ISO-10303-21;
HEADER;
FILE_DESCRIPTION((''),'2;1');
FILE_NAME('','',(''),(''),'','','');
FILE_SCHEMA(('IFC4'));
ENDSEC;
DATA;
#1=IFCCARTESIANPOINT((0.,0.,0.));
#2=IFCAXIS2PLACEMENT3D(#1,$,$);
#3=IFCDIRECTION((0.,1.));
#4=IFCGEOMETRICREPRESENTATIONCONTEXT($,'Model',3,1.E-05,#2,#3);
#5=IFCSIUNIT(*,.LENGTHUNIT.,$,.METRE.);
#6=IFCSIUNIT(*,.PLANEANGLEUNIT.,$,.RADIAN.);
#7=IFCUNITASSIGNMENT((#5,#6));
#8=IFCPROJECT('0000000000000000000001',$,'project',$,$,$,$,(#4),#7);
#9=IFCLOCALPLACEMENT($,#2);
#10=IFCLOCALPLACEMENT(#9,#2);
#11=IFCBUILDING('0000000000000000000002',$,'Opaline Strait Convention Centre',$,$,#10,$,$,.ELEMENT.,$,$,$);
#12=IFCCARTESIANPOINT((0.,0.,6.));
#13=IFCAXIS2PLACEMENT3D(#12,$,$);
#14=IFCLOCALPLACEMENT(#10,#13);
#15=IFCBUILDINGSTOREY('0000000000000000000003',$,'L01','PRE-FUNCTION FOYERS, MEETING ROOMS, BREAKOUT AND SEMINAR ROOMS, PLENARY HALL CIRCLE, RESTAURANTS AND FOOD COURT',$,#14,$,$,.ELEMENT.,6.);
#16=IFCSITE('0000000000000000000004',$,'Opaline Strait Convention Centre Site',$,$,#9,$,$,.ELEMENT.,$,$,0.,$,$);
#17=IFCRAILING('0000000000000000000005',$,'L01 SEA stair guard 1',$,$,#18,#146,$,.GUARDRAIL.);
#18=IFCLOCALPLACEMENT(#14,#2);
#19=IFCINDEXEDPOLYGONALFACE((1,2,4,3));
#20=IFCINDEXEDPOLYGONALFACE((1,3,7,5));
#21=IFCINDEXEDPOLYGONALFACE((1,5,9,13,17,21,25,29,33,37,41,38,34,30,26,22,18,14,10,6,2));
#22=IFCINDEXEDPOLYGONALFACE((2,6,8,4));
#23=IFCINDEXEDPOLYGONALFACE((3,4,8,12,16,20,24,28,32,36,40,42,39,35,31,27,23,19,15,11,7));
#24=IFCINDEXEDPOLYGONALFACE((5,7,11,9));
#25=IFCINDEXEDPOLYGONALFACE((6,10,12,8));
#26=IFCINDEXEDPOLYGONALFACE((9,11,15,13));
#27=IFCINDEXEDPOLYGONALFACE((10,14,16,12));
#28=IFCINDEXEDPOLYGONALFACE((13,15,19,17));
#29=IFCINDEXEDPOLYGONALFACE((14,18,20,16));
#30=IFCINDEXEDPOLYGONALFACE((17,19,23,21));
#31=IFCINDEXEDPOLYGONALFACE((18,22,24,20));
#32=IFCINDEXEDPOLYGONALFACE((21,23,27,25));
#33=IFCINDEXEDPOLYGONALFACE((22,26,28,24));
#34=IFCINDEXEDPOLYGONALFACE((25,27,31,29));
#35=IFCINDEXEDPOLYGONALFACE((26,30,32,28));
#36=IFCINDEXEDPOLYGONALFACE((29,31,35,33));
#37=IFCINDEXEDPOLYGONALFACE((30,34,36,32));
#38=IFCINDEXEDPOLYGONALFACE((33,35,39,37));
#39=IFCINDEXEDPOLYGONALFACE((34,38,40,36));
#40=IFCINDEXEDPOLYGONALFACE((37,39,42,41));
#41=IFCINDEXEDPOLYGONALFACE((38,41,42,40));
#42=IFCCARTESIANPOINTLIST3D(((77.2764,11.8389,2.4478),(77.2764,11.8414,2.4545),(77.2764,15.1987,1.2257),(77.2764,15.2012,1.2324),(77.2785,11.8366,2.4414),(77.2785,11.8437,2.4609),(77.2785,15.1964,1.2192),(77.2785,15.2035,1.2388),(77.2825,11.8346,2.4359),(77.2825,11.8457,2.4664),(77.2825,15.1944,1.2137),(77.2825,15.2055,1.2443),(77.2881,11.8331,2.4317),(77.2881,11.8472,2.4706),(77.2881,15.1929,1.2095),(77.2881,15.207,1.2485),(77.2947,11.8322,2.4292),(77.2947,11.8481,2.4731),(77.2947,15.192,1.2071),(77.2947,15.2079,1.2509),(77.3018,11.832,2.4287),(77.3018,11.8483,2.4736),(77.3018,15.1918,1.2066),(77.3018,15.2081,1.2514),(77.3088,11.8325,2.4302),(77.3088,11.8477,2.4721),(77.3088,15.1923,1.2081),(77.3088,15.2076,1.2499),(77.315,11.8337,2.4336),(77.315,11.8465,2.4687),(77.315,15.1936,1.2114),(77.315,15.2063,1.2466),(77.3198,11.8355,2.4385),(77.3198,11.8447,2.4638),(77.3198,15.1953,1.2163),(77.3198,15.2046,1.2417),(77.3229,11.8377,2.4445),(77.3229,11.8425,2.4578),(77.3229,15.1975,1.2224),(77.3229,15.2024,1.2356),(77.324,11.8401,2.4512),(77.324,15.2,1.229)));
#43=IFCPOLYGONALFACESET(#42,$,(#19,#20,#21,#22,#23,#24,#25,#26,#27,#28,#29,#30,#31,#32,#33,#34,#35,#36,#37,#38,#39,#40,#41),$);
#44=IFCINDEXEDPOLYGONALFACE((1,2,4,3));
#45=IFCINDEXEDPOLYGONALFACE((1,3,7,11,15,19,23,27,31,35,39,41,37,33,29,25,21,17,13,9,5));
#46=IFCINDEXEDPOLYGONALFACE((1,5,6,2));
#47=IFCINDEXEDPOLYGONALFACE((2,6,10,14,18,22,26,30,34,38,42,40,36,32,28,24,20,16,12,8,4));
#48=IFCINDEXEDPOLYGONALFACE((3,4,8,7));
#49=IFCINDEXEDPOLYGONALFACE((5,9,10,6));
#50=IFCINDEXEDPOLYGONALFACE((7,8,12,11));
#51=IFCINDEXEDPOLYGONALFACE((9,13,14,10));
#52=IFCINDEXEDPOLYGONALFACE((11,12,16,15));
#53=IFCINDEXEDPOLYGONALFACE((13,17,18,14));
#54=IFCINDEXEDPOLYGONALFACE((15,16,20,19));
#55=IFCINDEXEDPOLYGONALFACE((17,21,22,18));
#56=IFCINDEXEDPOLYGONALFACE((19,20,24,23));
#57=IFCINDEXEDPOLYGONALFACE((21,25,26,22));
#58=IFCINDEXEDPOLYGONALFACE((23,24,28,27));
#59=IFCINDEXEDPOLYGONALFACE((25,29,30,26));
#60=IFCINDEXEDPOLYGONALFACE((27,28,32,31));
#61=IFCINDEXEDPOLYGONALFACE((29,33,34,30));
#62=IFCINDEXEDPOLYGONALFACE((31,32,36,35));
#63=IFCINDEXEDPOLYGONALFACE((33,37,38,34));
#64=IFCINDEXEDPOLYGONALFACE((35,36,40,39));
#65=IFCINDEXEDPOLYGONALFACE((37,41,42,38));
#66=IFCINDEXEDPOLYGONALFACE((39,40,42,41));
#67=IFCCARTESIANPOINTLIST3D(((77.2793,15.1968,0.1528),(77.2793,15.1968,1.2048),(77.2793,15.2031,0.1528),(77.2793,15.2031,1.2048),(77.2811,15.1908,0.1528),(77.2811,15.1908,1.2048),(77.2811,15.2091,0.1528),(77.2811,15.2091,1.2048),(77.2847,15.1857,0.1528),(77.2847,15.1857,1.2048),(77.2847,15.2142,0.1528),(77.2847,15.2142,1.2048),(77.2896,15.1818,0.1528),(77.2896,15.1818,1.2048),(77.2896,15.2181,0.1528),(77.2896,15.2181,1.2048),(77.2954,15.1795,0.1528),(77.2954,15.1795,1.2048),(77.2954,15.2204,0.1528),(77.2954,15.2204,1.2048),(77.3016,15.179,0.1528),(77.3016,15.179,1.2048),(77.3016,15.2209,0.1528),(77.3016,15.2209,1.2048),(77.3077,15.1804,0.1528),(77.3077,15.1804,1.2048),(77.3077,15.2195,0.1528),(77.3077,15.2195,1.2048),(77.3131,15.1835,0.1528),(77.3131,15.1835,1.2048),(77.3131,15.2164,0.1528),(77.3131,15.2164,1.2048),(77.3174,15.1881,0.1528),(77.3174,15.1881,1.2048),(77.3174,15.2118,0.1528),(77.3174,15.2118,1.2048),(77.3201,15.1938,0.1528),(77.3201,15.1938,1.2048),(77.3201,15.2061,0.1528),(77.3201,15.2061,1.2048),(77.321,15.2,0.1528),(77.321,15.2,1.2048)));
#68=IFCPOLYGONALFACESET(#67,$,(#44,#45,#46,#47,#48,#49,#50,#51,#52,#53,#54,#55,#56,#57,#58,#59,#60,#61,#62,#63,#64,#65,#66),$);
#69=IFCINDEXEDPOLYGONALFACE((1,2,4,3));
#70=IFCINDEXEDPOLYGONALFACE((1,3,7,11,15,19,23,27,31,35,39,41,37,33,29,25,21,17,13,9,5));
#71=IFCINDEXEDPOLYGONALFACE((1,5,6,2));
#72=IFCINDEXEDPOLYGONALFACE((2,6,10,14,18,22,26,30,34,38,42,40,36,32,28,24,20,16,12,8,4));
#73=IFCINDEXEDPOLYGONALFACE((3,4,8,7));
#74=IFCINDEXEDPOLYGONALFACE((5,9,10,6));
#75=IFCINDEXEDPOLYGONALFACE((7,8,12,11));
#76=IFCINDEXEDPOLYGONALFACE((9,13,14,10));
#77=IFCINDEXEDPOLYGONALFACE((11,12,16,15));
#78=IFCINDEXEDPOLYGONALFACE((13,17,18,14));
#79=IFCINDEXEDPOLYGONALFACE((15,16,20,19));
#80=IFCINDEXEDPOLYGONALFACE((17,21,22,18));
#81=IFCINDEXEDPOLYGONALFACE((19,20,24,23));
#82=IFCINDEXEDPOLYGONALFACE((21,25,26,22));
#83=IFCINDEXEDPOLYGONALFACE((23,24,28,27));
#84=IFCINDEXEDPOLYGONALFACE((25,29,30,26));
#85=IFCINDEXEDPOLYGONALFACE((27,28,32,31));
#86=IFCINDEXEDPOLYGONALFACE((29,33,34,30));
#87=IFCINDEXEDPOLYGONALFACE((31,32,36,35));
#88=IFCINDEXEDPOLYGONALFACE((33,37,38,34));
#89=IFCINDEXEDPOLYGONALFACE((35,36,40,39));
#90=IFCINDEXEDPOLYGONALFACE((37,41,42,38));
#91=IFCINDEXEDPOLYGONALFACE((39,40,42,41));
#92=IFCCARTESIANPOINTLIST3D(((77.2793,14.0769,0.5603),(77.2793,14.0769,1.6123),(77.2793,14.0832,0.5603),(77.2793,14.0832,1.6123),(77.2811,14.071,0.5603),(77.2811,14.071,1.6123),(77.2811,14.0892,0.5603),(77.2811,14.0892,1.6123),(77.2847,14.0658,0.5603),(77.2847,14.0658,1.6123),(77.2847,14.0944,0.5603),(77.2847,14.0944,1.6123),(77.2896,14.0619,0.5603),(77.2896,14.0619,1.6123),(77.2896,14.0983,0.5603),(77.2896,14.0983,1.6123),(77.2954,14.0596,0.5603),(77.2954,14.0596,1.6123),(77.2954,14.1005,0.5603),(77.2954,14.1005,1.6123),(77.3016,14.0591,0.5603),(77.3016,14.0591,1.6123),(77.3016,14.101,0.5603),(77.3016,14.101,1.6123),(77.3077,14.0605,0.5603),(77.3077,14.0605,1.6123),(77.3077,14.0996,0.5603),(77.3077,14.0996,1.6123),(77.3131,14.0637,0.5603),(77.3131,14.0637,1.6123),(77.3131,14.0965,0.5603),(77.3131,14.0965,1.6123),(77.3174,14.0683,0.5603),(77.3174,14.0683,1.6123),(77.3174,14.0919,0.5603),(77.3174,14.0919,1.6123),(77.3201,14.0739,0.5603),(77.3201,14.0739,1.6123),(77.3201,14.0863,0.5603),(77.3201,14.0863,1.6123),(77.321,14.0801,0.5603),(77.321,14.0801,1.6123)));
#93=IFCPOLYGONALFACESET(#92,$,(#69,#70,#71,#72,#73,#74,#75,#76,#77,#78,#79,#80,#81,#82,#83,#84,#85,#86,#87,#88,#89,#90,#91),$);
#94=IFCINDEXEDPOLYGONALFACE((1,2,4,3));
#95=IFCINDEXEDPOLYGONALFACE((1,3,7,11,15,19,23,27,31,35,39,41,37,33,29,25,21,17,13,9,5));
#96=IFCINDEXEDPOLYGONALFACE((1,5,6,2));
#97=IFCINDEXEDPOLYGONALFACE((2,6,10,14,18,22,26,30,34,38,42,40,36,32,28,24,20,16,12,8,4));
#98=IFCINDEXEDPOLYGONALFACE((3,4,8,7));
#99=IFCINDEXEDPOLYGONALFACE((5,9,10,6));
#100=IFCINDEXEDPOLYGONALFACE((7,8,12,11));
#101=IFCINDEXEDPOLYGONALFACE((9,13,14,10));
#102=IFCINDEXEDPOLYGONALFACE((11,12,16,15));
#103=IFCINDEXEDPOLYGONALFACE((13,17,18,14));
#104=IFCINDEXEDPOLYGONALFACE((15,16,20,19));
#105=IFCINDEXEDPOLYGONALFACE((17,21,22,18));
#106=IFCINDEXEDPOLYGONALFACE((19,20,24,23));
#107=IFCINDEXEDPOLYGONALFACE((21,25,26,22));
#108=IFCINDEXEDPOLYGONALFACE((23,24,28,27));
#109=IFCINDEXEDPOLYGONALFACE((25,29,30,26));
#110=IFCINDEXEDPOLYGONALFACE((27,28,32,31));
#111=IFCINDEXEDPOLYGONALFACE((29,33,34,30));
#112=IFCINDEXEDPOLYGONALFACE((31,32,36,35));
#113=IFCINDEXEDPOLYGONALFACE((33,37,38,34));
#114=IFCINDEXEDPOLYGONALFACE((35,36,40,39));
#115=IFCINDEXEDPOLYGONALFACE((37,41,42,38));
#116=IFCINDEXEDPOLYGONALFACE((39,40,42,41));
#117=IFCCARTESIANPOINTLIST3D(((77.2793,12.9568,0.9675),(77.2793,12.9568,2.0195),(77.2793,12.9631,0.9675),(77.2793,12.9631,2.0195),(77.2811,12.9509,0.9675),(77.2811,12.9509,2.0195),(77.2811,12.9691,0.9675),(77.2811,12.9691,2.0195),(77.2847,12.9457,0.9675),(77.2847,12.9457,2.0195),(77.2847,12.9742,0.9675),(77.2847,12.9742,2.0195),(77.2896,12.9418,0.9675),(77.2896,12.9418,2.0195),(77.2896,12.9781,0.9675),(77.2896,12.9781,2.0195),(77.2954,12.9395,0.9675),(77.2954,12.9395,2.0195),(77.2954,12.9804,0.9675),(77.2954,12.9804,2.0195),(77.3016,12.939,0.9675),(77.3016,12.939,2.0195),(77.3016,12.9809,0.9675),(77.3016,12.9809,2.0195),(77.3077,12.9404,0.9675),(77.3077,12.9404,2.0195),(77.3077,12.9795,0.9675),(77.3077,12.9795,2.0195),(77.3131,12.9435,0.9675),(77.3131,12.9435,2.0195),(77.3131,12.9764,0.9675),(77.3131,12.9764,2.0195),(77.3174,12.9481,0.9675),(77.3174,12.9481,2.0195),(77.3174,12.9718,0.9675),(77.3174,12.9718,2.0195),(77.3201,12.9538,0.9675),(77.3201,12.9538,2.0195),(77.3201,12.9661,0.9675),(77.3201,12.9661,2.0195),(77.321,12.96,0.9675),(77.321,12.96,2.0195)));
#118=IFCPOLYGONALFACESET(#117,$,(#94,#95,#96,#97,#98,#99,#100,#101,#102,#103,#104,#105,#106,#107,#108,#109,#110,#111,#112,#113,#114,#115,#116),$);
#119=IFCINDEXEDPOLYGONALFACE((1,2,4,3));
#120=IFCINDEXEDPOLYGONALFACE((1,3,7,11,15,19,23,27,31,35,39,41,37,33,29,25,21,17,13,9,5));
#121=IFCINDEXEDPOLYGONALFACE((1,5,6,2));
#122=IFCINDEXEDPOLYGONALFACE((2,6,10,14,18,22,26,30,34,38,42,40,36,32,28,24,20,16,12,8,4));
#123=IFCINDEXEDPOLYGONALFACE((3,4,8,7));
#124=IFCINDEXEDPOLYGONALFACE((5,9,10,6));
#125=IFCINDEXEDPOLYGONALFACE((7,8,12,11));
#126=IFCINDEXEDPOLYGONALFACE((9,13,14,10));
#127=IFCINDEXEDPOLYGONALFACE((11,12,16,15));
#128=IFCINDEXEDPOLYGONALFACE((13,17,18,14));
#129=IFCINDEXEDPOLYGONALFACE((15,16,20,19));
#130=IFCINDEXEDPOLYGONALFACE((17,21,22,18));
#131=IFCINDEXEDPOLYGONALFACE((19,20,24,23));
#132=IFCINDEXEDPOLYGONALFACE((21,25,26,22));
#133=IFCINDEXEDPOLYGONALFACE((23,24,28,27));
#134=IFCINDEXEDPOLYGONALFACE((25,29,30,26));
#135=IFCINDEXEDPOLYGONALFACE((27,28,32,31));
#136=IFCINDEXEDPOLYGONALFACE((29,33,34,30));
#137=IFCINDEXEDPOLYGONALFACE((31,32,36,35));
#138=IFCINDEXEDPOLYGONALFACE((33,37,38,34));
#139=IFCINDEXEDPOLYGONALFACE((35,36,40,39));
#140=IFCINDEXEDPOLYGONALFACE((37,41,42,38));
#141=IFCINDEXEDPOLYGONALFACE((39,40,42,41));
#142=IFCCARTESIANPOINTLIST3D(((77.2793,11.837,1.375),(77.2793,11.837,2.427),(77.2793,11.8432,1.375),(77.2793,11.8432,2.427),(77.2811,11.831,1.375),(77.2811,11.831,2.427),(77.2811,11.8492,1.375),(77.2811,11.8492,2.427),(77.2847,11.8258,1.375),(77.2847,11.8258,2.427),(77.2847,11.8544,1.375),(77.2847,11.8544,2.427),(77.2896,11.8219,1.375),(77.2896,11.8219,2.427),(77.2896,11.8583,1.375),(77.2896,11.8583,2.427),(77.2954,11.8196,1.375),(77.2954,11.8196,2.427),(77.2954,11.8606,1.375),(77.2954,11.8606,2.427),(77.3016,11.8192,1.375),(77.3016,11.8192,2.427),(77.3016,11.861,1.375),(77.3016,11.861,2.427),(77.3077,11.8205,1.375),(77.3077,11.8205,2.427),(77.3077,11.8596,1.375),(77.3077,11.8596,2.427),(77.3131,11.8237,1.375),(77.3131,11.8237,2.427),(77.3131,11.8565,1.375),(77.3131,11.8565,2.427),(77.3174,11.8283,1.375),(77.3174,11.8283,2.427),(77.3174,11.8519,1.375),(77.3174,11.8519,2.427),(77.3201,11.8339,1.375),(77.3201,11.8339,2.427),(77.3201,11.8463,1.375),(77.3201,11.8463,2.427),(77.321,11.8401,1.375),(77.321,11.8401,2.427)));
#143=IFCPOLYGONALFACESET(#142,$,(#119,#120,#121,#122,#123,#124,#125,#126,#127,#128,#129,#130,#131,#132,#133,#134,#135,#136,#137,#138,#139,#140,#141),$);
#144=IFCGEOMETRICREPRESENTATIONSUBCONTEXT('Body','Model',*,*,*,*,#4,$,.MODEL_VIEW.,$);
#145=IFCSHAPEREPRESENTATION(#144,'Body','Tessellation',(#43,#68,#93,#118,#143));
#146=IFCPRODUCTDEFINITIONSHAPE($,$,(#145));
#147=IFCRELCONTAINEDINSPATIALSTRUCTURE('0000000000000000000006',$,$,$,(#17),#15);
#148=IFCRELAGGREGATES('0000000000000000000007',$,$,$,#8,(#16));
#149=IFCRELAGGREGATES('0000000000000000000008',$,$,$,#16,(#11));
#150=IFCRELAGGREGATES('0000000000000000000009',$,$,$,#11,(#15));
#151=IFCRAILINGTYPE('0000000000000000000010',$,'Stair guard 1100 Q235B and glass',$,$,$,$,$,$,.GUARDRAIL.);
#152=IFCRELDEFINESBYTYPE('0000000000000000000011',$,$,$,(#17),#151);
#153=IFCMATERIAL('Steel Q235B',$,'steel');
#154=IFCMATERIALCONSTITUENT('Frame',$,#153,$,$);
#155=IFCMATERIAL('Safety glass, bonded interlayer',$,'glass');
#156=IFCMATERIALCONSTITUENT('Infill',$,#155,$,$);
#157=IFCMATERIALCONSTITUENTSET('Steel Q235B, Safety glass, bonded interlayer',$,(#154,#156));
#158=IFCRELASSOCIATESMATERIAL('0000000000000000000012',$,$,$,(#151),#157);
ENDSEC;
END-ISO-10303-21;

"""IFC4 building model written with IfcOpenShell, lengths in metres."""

from ifc_helpers import new_model, si_unit, direction, frame, origin, origin_2d, place, context, subcontext, project, spatial, circle, extrude, material, constituent, constituent_set, type_object, element, save


model = new_model("IFC4")

# Units and contexts
model_context = context("Model", 3, precision=1e-05, world=origin(), true_north=direction((0.0, 1.0)))
body_context = subcontext(model_context, "Body", "Model", "MODEL_VIEW")
ifc_project = project(units=[si_unit("LENGTHUNIT", "METRE"), si_unit("PLANEANGLEUNIT", "RADIAN")], contexts=[model_context])

# Site, building, storey
site_placement = place(None, origin())
site = spatial("IfcSite", under=ifc_project, at=site_placement, Name="Opaline Strait Convention Centre Site", CompositionType="ELEMENT", RefElevation=0.0)
building_placement = place(site_placement, origin())
building = spatial("IfcBuilding", under=site, at=building_placement, Name="Opaline Strait Convention Centre", CompositionType="ELEMENT")
storey_placement = place(building_placement, frame((0.0, 0.0, 6.0)))
storey = spatial("IfcBuildingStorey", under=building, at=storey_placement, Name="L01", Description="PRE-FUNCTION FOYERS, MEETING ROOMS, BREAKOUT AND SEMINAR ROOMS, PLENARY HALL CIRCLE, RESTAURANTS AND FOOD COURT", CompositionType="ELEMENT", Elevation=6.0)

# Railing
ifc_material_1 = material(Name="Steel Q235B", Category="steel")
ifc_constituent_1 = constituent(ifc_material_1, Name="Frame")
ifc_material_2 = material(Name="Safety glass, bonded interlayer", Category="glass")
ifc_constituent_2 = constituent(ifc_material_2, Name="Infill")
ifc_constituent_set = constituent_set(constituents=[ifc_constituent_1, ifc_constituent_2], Name="Steel Q235B, Safety glass, bonded interlayer")
railing_type_1 = type_object("IfcRailingType", Name="Stair guard 1100 Q235B and glass", PredefinedType="GUARDRAIL", material=ifc_constituent_set)
railing_1_placement = place(storey_placement, frame((77.3, 15.2, 0.1528)))
element("IfcRailing", 1, at=railing_1_placement, inside=storey, type_object=railing_type_1, Name="L01 SEA stair guard 1", PredefinedType="GUARDRAIL", context=body_context, shape_type="SweptSolid", body=[
    extrude(circle(Radius=0.0239, at=origin_2d()), frame((0.0, 0.0, 1.0762), z_axis=(0.0, -0.939758, 0.341842), x_axis=(1.0, 0.0, 0.0)), (0.0, 0.0, 1.0), 3.5752),
    extrude(circle(Radius=0.021, at=origin_2d()), origin(), (0.0, 0.0, 1.0), 1.052),
    extrude(circle(Radius=0.021, at=origin_2d()), frame((0.0, -1.1199, 0.4075)), (0.0, 0.0, 1.0), 1.052),
    extrude(circle(Radius=0.021, at=origin_2d()), frame((0.0, -2.24, 0.8147)), (0.0, 0.0, 1.0), 1.052),
    extrude(circle(Radius=0.021, at=origin_2d()), frame((0.0, -3.3599, 1.2222)), (0.0, 0.0, 1.0), 1.052),
])

save(model, "model.ifc")
